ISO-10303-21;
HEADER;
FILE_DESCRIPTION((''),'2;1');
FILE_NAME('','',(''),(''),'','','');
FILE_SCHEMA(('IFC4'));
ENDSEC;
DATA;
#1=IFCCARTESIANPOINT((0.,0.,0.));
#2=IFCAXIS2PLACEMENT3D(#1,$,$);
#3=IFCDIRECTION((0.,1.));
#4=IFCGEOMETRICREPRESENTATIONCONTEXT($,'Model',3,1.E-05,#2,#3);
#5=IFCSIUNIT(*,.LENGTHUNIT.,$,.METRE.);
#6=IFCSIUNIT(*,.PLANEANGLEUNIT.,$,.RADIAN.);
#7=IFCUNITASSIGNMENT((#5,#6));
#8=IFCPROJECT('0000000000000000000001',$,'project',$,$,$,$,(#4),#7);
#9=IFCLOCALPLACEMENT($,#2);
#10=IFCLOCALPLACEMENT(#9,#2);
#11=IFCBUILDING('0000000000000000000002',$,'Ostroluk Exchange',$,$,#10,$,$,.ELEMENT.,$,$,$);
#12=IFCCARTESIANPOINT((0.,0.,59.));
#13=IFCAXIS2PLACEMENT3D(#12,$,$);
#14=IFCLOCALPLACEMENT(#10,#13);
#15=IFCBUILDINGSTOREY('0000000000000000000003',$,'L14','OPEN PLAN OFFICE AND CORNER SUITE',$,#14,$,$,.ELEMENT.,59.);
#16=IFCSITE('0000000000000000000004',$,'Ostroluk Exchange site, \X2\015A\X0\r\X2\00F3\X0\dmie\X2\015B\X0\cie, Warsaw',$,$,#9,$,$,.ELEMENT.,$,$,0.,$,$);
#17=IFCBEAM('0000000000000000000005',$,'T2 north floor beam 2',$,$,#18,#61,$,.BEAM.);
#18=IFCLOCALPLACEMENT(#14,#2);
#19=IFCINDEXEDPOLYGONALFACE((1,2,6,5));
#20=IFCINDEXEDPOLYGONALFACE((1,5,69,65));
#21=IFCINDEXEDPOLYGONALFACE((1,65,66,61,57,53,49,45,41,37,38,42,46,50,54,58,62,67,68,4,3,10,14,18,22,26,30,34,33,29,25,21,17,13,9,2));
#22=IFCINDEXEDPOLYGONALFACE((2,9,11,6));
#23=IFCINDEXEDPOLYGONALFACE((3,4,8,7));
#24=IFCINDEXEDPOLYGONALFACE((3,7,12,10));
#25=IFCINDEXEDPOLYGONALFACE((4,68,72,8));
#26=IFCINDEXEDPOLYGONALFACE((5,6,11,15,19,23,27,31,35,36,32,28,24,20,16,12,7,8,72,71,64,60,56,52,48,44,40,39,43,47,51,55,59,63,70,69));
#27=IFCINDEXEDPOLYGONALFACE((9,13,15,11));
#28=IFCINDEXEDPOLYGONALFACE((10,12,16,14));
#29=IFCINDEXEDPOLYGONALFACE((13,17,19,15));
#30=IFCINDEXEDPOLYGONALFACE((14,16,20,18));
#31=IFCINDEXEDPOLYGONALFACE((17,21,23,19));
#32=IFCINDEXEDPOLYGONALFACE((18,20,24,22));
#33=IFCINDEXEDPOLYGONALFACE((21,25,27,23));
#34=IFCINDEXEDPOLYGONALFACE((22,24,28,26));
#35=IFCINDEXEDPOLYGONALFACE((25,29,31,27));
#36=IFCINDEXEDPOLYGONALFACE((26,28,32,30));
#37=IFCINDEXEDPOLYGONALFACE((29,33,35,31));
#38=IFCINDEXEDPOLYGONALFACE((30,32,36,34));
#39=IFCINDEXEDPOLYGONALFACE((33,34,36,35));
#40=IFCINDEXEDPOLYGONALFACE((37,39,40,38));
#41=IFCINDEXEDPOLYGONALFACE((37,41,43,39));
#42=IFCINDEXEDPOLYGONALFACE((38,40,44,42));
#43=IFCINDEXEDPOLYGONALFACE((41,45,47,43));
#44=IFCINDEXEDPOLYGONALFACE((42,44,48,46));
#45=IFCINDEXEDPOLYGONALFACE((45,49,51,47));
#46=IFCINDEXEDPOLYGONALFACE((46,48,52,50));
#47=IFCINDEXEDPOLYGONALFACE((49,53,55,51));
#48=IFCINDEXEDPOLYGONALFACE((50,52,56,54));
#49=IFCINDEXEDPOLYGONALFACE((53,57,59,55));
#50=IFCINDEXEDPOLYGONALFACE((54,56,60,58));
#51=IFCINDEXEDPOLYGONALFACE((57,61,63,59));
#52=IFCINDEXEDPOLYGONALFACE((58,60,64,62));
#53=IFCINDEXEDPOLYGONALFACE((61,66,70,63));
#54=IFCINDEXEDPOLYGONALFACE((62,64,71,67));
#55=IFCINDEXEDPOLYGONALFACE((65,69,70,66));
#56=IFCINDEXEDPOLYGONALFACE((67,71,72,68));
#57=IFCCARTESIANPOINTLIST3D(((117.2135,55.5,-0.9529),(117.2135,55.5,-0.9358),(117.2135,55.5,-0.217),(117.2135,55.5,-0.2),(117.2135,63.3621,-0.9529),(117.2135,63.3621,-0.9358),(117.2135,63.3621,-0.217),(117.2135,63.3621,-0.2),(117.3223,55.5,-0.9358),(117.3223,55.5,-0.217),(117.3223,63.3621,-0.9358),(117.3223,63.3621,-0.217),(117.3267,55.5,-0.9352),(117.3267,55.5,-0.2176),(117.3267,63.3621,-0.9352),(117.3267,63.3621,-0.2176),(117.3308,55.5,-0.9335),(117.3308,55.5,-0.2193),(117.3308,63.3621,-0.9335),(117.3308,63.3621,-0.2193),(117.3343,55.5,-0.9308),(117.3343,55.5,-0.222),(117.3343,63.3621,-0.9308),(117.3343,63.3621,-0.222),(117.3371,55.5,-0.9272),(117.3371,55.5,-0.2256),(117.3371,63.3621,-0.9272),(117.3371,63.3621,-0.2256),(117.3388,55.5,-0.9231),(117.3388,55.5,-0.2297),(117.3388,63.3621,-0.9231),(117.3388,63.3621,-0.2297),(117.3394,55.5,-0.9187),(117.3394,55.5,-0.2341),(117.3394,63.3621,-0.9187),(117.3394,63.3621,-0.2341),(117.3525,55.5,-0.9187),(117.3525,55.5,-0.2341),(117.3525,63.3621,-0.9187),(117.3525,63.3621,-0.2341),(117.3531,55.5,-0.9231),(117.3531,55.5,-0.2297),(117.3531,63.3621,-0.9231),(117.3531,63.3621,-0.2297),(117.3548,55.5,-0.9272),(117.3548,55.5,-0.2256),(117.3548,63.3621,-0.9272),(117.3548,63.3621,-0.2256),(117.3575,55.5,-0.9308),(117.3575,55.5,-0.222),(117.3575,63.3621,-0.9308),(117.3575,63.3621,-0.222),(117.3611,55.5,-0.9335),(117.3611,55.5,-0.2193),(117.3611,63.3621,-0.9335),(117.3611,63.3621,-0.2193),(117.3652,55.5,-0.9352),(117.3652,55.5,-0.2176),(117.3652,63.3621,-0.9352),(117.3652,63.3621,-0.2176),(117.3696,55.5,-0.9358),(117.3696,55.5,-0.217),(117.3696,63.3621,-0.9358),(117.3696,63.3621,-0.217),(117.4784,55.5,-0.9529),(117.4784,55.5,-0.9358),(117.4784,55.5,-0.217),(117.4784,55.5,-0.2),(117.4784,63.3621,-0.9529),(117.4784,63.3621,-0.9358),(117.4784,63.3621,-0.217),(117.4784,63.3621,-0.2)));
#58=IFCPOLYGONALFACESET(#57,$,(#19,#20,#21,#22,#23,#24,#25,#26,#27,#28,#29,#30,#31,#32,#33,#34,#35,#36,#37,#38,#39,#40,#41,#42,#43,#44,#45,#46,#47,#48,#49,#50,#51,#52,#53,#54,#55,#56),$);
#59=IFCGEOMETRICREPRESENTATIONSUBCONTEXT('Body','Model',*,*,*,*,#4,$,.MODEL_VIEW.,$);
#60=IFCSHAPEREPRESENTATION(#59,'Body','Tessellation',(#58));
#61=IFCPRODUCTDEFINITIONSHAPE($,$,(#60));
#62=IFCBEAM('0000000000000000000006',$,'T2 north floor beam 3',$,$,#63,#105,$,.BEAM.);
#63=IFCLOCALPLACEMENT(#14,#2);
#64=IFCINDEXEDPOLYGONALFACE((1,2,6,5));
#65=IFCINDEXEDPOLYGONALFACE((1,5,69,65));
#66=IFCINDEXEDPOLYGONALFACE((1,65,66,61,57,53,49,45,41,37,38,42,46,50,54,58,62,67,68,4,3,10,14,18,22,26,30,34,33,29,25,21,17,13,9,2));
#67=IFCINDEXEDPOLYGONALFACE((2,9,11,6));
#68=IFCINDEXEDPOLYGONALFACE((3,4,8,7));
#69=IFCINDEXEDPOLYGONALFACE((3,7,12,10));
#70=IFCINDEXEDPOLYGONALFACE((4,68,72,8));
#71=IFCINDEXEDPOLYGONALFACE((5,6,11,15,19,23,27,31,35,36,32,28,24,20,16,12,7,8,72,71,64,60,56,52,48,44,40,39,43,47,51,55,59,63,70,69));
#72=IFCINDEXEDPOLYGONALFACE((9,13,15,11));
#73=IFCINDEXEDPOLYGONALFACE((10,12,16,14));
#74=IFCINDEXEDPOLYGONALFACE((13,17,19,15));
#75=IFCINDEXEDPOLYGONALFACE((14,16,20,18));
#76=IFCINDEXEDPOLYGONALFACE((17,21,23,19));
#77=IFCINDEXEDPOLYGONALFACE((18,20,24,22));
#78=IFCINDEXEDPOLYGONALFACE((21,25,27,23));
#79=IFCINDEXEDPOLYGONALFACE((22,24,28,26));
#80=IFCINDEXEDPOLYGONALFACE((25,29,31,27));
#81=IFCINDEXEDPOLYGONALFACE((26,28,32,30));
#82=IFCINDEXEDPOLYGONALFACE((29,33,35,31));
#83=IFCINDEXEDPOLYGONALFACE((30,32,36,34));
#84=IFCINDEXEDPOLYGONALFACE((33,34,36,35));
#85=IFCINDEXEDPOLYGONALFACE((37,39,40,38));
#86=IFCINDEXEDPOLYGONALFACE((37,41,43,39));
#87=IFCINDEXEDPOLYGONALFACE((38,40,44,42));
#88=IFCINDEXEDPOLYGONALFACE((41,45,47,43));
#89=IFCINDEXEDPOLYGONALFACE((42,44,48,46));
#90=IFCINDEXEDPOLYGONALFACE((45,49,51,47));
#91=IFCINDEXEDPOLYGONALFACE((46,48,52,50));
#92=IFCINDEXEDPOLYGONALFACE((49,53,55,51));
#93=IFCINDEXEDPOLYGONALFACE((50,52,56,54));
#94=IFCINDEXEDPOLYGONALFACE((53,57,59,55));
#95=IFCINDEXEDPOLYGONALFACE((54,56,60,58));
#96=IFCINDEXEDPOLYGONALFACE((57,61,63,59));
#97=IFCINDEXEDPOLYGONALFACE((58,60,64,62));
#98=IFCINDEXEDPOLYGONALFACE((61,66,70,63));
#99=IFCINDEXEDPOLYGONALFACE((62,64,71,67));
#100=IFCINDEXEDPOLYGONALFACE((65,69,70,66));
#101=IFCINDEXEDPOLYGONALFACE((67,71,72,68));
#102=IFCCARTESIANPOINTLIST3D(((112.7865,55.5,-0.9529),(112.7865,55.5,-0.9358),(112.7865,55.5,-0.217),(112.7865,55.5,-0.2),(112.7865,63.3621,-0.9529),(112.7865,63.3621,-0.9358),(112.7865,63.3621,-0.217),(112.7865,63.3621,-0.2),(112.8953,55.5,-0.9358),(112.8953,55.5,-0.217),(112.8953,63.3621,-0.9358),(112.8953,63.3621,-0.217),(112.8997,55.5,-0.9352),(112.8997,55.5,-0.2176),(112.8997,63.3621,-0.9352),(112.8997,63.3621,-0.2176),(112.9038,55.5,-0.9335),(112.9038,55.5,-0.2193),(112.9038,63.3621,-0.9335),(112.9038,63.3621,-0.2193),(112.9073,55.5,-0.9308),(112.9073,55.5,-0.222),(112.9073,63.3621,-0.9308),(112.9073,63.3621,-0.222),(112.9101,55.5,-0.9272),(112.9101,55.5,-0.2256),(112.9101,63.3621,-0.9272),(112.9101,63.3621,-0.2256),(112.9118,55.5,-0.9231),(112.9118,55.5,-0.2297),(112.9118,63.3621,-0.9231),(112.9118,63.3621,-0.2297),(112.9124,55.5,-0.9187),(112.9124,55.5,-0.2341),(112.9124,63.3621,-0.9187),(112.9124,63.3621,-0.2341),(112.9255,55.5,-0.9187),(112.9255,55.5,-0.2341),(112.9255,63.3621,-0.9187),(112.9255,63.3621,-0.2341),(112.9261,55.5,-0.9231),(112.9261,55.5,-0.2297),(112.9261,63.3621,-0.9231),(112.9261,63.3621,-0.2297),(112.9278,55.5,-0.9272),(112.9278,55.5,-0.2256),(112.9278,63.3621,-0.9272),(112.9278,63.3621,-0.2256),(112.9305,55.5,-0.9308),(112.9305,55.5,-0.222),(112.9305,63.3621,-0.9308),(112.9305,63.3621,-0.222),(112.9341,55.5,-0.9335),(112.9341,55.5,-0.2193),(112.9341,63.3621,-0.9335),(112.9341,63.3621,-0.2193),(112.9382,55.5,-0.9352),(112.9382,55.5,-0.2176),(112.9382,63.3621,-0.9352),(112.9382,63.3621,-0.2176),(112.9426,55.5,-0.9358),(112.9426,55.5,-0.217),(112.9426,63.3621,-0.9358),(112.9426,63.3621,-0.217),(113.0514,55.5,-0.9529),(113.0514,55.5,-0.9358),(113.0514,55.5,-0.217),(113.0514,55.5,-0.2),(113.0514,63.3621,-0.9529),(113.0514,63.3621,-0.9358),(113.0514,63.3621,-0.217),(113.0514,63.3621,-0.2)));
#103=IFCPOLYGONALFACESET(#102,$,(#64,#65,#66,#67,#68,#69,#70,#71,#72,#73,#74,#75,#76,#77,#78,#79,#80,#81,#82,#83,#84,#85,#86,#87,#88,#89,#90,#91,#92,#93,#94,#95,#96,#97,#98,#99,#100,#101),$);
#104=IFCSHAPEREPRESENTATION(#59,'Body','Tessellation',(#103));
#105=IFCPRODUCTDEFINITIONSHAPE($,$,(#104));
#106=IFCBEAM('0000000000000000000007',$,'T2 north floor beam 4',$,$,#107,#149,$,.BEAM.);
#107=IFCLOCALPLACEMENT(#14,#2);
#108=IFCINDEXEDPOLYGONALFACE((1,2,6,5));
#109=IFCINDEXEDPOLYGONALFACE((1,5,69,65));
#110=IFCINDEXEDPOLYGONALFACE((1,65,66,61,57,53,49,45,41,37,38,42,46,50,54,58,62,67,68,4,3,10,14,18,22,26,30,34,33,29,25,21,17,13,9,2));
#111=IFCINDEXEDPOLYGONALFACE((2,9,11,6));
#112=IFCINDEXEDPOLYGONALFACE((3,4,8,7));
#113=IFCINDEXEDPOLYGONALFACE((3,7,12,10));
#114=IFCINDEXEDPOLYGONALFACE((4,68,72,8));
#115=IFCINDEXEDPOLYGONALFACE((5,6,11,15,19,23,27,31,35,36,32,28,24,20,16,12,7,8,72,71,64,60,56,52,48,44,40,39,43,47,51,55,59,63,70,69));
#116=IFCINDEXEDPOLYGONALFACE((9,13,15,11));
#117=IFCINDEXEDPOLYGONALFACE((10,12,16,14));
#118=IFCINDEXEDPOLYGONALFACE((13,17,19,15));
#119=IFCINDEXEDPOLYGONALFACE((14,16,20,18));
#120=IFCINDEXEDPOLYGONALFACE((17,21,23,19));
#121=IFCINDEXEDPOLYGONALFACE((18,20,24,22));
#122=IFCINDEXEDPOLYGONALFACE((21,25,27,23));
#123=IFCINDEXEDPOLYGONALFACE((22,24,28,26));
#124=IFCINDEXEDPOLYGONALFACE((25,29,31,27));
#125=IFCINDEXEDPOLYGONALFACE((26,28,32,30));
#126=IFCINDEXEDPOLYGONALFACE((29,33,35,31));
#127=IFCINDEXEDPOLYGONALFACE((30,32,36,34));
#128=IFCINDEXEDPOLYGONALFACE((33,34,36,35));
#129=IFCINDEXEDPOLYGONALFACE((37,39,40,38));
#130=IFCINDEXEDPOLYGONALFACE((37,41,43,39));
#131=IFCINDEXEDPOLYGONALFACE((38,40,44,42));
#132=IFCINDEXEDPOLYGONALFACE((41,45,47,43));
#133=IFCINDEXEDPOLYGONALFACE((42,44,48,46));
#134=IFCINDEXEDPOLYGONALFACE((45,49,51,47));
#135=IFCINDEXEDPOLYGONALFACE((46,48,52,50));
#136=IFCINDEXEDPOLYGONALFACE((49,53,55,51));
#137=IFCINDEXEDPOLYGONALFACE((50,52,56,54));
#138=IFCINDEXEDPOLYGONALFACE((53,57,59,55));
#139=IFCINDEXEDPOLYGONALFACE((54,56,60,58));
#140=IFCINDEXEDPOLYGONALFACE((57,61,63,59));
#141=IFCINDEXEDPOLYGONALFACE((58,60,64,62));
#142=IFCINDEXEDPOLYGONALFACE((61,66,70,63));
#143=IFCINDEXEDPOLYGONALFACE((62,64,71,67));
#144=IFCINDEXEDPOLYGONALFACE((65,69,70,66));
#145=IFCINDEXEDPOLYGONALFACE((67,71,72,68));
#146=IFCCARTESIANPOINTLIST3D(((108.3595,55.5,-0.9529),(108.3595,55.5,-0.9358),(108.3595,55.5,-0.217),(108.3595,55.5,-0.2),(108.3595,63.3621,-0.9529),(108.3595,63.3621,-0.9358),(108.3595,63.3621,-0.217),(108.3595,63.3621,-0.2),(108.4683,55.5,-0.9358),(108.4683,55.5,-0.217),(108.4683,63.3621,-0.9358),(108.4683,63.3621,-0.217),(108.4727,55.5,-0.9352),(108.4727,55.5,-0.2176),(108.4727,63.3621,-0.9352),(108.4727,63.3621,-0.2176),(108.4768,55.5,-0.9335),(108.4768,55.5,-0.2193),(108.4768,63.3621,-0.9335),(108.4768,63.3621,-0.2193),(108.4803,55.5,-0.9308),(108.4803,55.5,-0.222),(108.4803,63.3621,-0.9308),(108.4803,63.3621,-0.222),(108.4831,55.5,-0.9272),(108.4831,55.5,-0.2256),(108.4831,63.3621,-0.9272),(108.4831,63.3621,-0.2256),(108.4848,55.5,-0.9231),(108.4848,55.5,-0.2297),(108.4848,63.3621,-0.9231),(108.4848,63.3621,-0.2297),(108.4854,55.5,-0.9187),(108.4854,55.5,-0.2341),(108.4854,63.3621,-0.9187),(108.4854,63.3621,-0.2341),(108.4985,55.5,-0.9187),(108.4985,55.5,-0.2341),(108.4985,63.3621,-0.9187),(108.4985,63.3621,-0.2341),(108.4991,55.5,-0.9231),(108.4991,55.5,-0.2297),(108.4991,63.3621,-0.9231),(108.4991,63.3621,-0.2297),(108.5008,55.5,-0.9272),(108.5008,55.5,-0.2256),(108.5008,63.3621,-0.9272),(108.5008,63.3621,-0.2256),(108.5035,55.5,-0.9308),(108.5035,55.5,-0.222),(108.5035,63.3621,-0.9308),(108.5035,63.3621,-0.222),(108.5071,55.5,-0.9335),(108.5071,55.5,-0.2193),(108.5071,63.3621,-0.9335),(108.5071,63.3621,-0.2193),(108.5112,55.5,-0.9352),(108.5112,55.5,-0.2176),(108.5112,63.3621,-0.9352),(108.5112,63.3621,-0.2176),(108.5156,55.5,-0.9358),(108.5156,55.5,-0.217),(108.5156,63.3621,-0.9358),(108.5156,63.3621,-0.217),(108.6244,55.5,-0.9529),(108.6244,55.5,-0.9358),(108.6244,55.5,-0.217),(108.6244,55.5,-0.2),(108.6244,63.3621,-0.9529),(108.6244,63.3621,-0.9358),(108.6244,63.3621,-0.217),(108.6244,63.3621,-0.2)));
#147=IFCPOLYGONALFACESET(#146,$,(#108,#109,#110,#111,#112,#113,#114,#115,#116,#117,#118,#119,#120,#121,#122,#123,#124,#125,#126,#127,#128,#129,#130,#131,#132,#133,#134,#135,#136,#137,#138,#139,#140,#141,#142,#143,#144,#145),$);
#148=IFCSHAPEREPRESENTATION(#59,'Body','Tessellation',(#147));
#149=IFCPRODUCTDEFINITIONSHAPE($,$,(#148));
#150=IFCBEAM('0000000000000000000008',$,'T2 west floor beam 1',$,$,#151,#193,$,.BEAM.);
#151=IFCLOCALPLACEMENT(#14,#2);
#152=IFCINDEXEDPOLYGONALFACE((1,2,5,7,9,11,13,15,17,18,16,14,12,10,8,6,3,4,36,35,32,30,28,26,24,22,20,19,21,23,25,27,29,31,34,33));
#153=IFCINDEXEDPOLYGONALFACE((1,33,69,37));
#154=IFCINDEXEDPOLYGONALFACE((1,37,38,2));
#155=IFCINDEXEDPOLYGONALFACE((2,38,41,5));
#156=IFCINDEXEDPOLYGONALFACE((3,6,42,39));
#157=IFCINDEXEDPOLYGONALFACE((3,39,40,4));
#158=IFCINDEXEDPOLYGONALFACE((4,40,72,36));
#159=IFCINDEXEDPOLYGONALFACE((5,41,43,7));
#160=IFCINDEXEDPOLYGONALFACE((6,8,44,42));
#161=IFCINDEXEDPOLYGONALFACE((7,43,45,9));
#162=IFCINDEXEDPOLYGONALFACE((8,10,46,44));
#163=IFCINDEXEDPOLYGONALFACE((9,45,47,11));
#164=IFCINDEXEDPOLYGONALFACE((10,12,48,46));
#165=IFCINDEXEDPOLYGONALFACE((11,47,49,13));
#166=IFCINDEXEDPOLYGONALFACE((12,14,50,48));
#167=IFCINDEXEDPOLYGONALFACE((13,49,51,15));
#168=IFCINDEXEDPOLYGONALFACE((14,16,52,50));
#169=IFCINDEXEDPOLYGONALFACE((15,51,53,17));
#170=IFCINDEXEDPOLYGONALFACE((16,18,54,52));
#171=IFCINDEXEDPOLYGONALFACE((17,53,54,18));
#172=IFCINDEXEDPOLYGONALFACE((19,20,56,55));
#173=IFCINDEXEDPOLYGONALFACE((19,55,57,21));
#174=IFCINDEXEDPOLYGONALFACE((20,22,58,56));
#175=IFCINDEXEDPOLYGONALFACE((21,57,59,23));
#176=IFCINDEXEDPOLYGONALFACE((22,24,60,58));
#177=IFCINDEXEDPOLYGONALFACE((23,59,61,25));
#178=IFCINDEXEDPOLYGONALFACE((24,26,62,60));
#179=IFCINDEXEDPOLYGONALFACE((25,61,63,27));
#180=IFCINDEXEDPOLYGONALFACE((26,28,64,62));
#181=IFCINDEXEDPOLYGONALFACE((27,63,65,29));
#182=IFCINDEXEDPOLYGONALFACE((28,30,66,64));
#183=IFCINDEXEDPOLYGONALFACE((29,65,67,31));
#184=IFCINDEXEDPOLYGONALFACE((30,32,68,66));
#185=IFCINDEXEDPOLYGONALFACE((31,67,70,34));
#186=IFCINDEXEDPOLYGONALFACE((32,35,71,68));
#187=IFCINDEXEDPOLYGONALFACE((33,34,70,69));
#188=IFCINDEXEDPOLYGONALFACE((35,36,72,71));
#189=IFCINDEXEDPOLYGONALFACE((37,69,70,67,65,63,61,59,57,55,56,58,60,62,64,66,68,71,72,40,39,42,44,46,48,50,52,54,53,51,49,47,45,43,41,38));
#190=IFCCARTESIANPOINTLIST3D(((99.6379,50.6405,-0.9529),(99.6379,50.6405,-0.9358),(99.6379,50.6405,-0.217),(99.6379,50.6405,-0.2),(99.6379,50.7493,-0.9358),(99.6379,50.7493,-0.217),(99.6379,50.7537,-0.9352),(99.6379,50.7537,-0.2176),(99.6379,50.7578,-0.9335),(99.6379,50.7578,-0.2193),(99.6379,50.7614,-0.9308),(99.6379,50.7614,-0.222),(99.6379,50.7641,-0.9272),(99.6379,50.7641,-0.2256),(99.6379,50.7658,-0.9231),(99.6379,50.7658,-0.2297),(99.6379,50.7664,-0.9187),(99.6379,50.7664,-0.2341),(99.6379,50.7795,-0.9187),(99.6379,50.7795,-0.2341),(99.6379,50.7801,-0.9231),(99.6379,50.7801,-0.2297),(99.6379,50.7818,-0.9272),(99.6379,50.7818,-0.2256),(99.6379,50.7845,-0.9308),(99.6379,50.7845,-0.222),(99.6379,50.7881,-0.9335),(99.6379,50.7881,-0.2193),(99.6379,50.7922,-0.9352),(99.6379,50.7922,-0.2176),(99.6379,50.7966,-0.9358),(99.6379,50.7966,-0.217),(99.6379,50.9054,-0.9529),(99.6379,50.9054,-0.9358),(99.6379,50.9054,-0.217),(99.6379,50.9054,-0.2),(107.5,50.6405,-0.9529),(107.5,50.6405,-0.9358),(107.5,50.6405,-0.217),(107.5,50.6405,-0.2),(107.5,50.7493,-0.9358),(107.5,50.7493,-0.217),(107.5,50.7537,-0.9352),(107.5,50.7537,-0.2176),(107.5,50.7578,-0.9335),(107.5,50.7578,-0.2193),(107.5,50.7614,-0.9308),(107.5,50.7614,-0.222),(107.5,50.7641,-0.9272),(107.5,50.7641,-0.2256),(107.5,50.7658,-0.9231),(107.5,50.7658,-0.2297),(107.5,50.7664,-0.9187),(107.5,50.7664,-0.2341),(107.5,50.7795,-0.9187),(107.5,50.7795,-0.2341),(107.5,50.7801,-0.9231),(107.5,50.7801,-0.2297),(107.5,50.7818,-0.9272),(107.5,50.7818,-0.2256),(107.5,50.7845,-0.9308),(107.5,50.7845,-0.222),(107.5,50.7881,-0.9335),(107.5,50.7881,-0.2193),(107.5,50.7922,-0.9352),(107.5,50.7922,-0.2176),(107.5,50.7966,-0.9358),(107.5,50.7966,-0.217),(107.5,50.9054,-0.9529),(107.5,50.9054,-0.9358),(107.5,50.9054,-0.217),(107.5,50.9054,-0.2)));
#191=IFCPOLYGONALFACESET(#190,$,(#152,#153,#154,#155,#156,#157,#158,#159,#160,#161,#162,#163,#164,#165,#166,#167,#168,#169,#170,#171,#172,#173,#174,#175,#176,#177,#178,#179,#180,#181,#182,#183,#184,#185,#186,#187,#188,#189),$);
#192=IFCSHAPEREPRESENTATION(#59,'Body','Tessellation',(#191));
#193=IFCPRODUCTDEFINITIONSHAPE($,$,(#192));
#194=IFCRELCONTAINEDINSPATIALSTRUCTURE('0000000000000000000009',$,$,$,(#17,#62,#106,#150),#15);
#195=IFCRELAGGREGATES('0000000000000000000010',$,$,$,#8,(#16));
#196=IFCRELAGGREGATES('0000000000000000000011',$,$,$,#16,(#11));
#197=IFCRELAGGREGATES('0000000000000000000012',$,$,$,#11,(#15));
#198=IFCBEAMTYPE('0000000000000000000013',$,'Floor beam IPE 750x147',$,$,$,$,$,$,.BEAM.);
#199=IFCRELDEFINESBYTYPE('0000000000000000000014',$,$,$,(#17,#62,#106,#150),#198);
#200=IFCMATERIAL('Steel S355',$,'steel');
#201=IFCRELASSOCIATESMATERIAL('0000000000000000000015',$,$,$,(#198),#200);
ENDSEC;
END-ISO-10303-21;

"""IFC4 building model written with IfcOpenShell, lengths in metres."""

from ifc_helpers import new_model, si_unit, direction, frame, origin, origin_2d, place, context, subcontext, project, spatial, i_section, extrude, material, material_profile, profile_set, type_object, element, save


model = new_model("IFC4")

# Units and contexts
model_context = context("Model", 3, precision=1e-05, world=origin(), true_north=direction((0.0, 1.0)))
body_context = subcontext(model_context, "Body", "Model", "MODEL_VIEW")
ifc_project = project(units=[si_unit("LENGTHUNIT", "METRE"), si_unit("PLANEANGLEUNIT", "RADIAN")], contexts=[model_context])

# Site, building, storey
site_placement = place(None, origin())
site = spatial("IfcSite", under=ifc_project, at=site_placement, Name="Ostroluk Exchange site, Śródmieście, Warsaw", CompositionType="ELEMENT", RefElevation=0.0)
building_placement = place(site_placement, origin())
building = spatial("IfcBuilding", under=site, at=building_placement, Name="Ostroluk Exchange", CompositionType="ELEMENT")
storey_placement = place(building_placement, frame((0.0, 0.0, 59.0)))
storey = spatial("IfcBuildingStorey", under=building, at=storey_placement, Name="L14", Description="OPEN PLAN OFFICE AND CORNER SUITE", CompositionType="ELEMENT", Elevation=59.0)

# Beams
ifc_material_1 = material(Name="Steel S355", Category="steel")
ifc_material_profile_1 = material_profile(ifc_material_1, i_section(OverallWidth=0.2649, OverallDepth=0.7529, WebThickness=0.0132, FlangeThickness=0.0171, FilletRadius=0.0171, at=origin_2d()), Name="IPE 750x147")
ifc_profile_set_1 = profile_set([ifc_material_profile_1], Name="Steel S355")
beam_type_1 = type_object("IfcBeamType", Name="Floor beam IPE 750x147", PredefinedType="BEAM", material=ifc_profile_set_1)
for number, where, z_axis, x_axis, name in (
    (1, (117.3459, 55.5, -0.5764), (0.0, 1.0, 0.0), (-1.0, 0.0, 0.0), "T2 north floor beam 2"),
    (2, (112.9189, 55.5, -0.5764), (0.0, 1.0, 0.0), (-1.0, 0.0, 0.0), "T2 north floor beam 3"),
    (3, (108.4919, 55.5, -0.5764), (0.0, 1.0, 0.0), (-1.0, 0.0, 0.0), "T2 north floor beam 4"),
    (4, (107.5, 50.7729, -0.5764), (-1.0, 0.0, 0.0), (0.0, -1.0, 0.0), "T2 west floor beam 1"),
):
    element("IfcBeam", number, at=place(storey_placement, frame(where, z_axis=z_axis, x_axis=x_axis)), inside=storey, type_object=beam_type_1, Name=name, PredefinedType="BEAM", context=body_context, shape_type="SweptSolid", body=[
        extrude(i_section(OverallWidth=0.2649, OverallDepth=0.7529, WebThickness=0.0132, FlangeThickness=0.0171, FilletRadius=0.0171, at=origin_2d()), origin(), (0.0, 0.0, 1.0), 7.8621),
    ])

save(model, "model.ifc")
